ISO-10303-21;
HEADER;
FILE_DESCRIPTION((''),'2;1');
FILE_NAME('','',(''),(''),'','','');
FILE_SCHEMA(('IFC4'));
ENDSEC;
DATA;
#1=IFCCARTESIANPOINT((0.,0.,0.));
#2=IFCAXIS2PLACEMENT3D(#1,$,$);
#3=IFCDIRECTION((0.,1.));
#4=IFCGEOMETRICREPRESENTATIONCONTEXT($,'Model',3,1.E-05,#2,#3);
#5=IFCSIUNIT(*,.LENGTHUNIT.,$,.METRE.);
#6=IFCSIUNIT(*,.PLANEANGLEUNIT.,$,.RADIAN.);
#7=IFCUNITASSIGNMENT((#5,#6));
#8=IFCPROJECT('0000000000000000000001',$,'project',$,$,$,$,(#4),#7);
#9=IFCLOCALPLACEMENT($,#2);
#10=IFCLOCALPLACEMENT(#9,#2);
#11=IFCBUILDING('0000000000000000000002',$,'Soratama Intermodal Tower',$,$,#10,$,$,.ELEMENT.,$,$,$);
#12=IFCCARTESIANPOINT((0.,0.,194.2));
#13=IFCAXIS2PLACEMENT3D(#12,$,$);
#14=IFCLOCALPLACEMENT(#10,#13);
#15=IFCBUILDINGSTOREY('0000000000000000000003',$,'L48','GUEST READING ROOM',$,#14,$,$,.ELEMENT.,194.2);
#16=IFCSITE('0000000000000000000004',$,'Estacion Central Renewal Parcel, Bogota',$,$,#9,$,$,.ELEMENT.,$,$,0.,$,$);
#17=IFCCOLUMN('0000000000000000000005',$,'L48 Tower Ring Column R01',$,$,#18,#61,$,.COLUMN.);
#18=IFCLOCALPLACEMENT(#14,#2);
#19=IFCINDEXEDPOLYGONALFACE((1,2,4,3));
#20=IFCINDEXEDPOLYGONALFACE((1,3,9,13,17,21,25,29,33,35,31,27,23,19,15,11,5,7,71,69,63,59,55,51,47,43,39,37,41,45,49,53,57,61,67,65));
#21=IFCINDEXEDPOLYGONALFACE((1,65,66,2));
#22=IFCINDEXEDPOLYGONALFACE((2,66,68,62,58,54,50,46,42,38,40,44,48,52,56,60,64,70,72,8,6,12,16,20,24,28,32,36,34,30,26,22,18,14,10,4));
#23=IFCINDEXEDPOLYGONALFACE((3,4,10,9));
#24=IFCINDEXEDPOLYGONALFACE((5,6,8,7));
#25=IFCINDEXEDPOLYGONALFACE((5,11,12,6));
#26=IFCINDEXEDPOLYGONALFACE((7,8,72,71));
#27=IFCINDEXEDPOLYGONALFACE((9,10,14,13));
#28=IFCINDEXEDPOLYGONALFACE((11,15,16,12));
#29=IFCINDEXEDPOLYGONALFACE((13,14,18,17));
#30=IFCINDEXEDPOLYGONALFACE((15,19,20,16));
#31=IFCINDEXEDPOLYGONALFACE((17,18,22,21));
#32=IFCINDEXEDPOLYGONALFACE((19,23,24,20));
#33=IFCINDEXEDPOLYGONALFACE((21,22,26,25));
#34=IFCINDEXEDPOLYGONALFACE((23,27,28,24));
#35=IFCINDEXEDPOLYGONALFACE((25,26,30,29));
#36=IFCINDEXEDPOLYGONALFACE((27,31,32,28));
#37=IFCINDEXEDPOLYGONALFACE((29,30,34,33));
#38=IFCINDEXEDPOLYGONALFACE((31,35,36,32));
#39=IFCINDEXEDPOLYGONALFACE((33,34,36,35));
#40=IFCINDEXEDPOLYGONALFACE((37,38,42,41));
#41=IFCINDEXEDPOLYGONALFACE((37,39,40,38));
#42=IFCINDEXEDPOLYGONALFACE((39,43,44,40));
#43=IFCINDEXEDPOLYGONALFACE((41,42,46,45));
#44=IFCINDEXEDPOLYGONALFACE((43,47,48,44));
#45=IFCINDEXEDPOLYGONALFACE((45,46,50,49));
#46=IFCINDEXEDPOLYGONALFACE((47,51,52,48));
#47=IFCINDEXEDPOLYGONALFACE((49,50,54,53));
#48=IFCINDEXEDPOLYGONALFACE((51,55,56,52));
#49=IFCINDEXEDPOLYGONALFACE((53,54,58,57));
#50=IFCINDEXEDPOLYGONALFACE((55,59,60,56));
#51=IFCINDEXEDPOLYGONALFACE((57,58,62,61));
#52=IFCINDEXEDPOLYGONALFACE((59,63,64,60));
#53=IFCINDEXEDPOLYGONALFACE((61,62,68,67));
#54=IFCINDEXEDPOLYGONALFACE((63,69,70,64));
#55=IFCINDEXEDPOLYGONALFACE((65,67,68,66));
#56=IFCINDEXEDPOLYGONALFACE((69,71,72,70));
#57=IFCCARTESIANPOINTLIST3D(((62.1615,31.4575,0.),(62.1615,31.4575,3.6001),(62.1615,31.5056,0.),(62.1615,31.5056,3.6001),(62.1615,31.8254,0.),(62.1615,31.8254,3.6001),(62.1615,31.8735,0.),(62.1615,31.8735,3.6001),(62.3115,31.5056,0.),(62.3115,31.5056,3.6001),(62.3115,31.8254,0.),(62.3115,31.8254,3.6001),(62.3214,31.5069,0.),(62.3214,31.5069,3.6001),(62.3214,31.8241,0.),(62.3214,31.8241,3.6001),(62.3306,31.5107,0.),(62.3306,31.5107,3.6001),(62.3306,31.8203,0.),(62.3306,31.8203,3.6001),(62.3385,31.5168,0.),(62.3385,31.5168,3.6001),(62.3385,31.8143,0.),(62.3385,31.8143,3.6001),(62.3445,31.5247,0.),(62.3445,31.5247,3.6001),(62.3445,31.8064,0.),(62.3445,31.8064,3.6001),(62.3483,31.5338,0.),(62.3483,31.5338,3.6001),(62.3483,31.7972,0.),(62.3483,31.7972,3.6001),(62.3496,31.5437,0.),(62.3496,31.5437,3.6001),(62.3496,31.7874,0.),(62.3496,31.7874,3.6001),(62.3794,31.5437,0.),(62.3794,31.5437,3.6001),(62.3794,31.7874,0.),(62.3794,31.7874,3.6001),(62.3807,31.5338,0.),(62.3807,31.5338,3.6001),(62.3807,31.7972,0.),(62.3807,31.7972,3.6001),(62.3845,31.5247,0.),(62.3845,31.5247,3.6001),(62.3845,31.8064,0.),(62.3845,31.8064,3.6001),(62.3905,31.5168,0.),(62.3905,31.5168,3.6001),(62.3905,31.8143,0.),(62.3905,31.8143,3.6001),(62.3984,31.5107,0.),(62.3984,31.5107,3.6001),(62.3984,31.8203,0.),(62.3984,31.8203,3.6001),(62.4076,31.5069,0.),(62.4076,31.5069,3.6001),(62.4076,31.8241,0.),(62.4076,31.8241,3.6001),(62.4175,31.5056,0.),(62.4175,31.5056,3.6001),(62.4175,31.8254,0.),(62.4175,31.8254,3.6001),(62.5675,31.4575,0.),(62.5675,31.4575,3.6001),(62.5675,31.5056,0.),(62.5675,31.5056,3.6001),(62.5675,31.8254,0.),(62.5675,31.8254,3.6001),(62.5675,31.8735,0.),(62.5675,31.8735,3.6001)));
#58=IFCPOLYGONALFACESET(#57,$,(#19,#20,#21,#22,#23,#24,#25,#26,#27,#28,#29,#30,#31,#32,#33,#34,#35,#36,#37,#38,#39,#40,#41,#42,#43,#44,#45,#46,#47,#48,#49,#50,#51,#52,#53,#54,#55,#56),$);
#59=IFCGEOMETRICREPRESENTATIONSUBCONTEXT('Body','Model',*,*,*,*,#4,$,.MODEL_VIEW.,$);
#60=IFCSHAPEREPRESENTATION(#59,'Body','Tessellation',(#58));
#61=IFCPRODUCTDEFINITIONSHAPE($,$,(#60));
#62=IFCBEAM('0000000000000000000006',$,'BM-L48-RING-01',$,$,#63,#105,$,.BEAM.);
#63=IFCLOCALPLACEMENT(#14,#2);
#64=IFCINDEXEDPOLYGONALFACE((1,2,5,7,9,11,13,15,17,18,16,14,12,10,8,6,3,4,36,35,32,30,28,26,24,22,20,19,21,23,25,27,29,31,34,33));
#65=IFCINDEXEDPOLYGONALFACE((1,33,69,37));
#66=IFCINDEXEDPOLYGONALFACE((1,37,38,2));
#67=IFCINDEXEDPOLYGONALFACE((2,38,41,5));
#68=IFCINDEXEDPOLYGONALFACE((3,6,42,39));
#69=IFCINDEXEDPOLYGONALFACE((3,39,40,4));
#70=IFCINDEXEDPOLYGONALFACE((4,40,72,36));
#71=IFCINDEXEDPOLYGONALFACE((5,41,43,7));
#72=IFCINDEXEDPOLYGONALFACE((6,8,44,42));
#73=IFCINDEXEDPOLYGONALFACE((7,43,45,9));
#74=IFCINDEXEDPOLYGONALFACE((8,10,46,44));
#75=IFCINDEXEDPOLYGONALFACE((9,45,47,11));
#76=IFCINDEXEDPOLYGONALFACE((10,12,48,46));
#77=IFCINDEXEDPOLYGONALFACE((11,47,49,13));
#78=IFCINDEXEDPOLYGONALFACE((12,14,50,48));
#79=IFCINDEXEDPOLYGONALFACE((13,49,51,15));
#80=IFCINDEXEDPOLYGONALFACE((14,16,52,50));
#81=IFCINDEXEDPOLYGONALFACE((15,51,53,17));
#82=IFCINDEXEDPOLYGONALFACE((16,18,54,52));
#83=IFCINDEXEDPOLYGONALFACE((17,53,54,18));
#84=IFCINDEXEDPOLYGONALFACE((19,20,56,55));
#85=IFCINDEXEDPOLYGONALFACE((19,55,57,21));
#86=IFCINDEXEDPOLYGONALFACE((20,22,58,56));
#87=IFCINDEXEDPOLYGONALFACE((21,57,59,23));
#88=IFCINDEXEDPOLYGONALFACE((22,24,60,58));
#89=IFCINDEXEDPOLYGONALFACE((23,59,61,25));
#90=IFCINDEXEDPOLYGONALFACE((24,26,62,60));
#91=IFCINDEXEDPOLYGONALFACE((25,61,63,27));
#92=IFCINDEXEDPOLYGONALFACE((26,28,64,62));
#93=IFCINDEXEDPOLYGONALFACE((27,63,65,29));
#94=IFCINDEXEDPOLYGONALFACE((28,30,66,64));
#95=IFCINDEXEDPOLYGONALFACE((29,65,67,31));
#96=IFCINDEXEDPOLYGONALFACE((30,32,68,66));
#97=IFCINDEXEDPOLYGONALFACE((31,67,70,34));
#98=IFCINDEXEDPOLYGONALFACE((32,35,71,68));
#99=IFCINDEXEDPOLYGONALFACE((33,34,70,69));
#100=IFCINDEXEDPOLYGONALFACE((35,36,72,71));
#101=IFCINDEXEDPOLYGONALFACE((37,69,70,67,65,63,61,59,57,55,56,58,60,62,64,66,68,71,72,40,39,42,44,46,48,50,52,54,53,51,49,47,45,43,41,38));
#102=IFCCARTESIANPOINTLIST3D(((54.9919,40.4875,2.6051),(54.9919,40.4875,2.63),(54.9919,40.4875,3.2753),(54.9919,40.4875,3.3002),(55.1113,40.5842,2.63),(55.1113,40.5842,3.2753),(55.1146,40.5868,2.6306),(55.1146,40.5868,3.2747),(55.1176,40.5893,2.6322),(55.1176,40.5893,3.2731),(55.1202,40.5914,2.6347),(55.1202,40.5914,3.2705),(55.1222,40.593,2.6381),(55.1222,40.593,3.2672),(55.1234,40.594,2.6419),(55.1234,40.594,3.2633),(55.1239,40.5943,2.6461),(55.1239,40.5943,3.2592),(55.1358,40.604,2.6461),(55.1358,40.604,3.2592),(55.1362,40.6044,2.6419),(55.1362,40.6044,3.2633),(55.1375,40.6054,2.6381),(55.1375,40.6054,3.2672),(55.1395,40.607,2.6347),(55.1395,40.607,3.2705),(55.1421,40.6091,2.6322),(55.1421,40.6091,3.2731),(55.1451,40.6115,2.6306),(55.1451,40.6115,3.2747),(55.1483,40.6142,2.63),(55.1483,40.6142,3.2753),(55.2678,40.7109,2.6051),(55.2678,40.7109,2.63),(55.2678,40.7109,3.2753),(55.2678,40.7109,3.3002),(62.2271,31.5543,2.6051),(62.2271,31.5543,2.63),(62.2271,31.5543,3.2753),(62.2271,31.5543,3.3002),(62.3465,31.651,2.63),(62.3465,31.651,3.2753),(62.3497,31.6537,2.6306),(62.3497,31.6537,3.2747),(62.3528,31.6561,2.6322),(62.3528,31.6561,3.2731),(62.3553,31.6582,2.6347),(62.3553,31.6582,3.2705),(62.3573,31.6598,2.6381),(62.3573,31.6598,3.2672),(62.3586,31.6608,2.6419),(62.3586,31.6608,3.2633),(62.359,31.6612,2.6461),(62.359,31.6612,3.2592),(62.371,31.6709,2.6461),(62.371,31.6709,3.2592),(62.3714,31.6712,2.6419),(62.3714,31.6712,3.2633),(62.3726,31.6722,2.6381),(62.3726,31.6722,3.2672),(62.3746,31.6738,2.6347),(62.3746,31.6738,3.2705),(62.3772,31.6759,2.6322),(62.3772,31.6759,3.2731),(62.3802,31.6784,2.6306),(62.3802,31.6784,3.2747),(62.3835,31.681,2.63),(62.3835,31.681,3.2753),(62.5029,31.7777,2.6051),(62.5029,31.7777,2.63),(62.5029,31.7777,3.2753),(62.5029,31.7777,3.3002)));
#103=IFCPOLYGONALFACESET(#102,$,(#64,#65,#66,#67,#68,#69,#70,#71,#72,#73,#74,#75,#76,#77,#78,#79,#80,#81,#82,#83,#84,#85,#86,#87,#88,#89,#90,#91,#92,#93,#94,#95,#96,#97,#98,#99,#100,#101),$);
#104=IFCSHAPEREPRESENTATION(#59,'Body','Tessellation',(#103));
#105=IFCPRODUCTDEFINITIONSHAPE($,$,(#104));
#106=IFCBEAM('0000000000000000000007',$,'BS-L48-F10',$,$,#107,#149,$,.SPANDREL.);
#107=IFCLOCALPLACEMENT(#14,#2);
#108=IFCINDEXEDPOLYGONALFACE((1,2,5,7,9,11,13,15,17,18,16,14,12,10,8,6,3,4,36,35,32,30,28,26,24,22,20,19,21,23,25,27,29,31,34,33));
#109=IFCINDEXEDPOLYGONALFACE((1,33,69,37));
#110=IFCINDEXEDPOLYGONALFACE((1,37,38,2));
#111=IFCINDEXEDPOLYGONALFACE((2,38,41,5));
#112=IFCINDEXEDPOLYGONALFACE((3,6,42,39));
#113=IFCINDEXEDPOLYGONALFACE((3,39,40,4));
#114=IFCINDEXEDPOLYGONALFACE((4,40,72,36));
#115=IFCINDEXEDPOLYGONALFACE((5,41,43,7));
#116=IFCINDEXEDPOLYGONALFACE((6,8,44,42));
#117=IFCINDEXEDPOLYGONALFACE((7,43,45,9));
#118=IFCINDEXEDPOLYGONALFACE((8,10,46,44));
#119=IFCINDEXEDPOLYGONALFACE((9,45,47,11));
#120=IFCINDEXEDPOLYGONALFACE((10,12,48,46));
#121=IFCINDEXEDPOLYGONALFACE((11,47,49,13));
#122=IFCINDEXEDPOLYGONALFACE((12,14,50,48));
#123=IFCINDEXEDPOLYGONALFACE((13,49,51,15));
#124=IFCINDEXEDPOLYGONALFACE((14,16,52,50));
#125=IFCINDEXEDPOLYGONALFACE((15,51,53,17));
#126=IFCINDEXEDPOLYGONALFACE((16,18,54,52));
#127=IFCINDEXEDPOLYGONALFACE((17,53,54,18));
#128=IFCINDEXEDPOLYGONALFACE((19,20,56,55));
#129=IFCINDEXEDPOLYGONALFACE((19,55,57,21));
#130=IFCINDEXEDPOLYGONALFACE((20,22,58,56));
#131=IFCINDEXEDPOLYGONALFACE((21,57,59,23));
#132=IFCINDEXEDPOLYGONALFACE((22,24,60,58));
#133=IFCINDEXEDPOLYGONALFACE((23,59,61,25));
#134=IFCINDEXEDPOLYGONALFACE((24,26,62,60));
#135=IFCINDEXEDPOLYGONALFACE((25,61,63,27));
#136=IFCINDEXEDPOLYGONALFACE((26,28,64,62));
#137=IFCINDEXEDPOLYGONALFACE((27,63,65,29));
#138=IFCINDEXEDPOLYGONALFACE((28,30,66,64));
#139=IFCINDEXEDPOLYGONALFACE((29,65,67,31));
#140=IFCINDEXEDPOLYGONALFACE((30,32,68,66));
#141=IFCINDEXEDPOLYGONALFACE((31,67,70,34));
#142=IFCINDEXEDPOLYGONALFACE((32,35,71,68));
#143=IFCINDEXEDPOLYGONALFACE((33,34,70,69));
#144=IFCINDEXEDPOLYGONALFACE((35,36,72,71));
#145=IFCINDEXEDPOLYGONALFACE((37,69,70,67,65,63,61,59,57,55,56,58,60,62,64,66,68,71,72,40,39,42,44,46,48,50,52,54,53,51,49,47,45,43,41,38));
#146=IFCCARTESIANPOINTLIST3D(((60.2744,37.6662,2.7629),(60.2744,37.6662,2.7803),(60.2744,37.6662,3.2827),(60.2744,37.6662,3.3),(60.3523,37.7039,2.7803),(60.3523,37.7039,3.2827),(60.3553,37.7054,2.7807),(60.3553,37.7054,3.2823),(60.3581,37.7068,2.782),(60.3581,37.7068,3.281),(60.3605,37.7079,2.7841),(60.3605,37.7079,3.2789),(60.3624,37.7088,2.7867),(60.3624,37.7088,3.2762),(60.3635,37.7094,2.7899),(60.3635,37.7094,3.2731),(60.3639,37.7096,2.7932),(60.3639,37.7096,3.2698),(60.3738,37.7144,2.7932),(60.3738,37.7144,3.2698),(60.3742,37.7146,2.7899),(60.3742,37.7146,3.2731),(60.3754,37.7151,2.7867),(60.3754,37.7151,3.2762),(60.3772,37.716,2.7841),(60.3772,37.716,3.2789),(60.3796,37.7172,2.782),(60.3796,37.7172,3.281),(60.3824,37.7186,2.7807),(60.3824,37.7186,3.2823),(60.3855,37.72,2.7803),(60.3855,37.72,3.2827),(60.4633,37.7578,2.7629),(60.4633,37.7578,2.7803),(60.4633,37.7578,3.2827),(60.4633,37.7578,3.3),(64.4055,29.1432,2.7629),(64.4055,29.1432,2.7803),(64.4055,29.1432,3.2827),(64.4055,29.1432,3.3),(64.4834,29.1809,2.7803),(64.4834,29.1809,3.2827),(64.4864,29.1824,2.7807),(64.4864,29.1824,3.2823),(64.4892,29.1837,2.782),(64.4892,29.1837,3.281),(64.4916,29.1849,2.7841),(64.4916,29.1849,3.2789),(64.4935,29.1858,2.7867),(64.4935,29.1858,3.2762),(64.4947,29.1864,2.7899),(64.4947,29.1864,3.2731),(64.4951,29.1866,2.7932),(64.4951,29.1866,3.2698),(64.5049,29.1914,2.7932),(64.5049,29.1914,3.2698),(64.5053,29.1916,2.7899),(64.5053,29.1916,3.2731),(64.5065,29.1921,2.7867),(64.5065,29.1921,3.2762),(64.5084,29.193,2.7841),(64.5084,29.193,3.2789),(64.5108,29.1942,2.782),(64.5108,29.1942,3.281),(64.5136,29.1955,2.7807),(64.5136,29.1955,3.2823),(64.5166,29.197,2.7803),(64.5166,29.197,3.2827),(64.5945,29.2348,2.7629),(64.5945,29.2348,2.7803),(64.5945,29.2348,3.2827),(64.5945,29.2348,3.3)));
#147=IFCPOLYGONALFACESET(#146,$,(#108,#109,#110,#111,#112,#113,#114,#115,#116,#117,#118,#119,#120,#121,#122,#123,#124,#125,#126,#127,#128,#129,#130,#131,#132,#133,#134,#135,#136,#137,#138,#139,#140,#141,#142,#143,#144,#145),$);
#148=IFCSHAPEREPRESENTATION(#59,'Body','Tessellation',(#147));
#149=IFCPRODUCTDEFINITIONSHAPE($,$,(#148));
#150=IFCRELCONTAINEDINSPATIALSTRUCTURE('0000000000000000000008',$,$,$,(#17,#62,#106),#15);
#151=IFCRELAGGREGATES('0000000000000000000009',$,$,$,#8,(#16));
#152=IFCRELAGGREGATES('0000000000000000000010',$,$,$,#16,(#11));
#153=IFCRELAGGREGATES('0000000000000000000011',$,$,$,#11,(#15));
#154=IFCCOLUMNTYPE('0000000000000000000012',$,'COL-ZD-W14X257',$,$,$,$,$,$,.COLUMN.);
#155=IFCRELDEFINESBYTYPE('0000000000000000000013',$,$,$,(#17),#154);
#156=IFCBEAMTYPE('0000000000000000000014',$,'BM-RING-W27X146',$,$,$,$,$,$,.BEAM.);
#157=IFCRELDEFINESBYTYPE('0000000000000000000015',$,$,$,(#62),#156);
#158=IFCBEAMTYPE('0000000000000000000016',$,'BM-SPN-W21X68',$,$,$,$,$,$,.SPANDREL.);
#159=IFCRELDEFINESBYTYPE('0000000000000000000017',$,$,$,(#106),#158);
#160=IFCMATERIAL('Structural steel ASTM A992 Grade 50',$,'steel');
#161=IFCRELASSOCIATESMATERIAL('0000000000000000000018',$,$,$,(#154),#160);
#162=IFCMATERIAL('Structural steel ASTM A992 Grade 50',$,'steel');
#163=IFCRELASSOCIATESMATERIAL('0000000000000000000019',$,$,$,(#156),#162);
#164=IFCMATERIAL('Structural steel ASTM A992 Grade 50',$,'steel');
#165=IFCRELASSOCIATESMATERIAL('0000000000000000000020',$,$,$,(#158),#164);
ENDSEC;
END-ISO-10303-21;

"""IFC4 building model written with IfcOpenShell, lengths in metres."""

from ifc_helpers import new_model, si_unit, direction, frame, origin, origin_2d, place, context, subcontext, project, spatial, i_section, extrude, material, material_profile, profile_set, type_object, element, save


model = new_model("IFC4")

# Units and contexts
model_context = context("Model", 3, precision=1e-05, world=origin(), true_north=direction((0.0, 1.0)))
body_context = subcontext(model_context, "Body", "Model", "MODEL_VIEW")
ifc_project = project(units=[si_unit("LENGTHUNIT", "METRE"), si_unit("PLANEANGLEUNIT", "RADIAN")], contexts=[model_context])

# Site, building, storey
site_placement = place(None, origin())
site = spatial("IfcSite", under=ifc_project, at=site_placement, Name="Estacion Central Renewal Parcel, Bogota", CompositionType="ELEMENT", RefElevation=0.0)
building_placement = place(site_placement, origin())
building = spatial("IfcBuilding", under=site, at=building_placement, Name="Soratama Intermodal Tower", CompositionType="ELEMENT")
storey_placement = place(building_placement, frame((0.0, 0.0, 194.2)))
storey = spatial("IfcBuildingStorey", under=building, at=storey_placement, Name="L48", Description="GUEST READING ROOM", CompositionType="ELEMENT", Elevation=194.2)

# Column
ifc_material_1 = material(Name="Structural steel ASTM A992 Grade 50", Category="steel")
ifc_material_profile_1 = material_profile(ifc_material_1, i_section(OverallWidth=0.406, OverallDepth=0.416, WebThickness=0.0298, FlangeThickness=0.0481, FilletRadius=0.0381, at=origin_2d()), Name="W14X257")
ifc_profile_set_1 = profile_set([ifc_material_profile_1], Name="Structural steel ASTM A992 Grade 50")
column_type = type_object("IfcColumnType", Name="COL-ZD-W14X257", PredefinedType="COLUMN", material=ifc_profile_set_1)
column_placement = place(storey_placement, frame((62.3645, 31.6655, 0.0), z_axis=(0.0, 0.0, 1.0), x_axis=(1.0, 0.0, 0.0)))
element("IfcColumn", 1, at=column_placement, inside=storey, type_object=column_type, Name="L48 Tower Ring Column R01", PredefinedType="COLUMN", context=body_context, shape_type="SweptSolid", body=[
    extrude(i_section(OverallWidth=0.406, OverallDepth=0.416, WebThickness=0.0298, FlangeThickness=0.0481, FilletRadius=0.0381, at=origin_2d()), origin(), (0.0, 0.0, 1.0), 3.6001),
])

# Beams
ifc_material_2 = material(Name="Structural steel ASTM A992 Grade 50", Category="steel")
ifc_material_profile_2 = material_profile(ifc_material_2, i_section(OverallWidth=0.355, OverallDepth=0.6951, WebThickness=0.0154, FlangeThickness=0.0249, FilletRadius=0.0161, at=origin_2d()), Name="W27X146")
ifc_profile_set_2 = profile_set([ifc_material_profile_2], Name="Structural steel ASTM A992 Grade 50")
beam_type_1 = type_object("IfcBeamType", Name="BM-RING-W27X146", PredefinedType="BEAM", material=ifc_profile_set_2)
beam_1_placement = place(storey_placement, frame((62.365, 31.666, 2.9526), z_axis=(-0.629385, 0.777094, 0.0), x_axis=(-0.777094, -0.629385, 0.0)))
element("IfcBeam", 2, at=beam_1_placement, inside=storey, type_object=beam_type_1, Name="BM-L48-RING-01", PredefinedType="BEAM", context=body_context, shape_type="SweptSolid", body=[
    extrude(i_section(OverallWidth=0.355, OverallDepth=0.6951, WebThickness=0.0154, FlangeThickness=0.0249, FilletRadius=0.0161, at=origin_2d()), origin(), (0.0, 0.0, 1.0), 11.4956),
])
ifc_material_3 = material(Name="Structural steel ASTM A992 Grade 50", Category="steel")
ifc_material_profile_3 = material_profile(ifc_material_3, i_section(OverallWidth=0.21, OverallDepth=0.5371, WebThickness=0.011, FlangeThickness=0.0173, FilletRadius=0.0129, at=origin_2d()), Name="W21X68")
ifc_profile_set_3 = profile_set([ifc_material_profile_3], Name="Structural steel ASTM A992 Grade 50")
beam_type_2 = type_object("IfcBeamType", Name="BM-SPN-W21X68", PredefinedType="SPANDREL", material=ifc_profile_set_3)
beam_2_placement = place(storey_placement, frame((64.5, 29.189, 3.0315), z_axis=(-0.436168, 0.899865, 0.0), x_axis=(-0.899865, -0.436168, 0.0)))
element("IfcBeam", 3, at=beam_2_placement, inside=storey, type_object=beam_type_2, Name="BS-L48-F10", PredefinedType="SPANDREL", context=body_context, shape_type="SweptSolid", body=[
    extrude(i_section(OverallWidth=0.21, OverallDepth=0.5371, WebThickness=0.011, FlangeThickness=0.0173, FilletRadius=0.0129, at=origin_2d()), origin(), (0.0, 0.0, 1.0), 9.4714),
])

save(model, "model.ifc")
